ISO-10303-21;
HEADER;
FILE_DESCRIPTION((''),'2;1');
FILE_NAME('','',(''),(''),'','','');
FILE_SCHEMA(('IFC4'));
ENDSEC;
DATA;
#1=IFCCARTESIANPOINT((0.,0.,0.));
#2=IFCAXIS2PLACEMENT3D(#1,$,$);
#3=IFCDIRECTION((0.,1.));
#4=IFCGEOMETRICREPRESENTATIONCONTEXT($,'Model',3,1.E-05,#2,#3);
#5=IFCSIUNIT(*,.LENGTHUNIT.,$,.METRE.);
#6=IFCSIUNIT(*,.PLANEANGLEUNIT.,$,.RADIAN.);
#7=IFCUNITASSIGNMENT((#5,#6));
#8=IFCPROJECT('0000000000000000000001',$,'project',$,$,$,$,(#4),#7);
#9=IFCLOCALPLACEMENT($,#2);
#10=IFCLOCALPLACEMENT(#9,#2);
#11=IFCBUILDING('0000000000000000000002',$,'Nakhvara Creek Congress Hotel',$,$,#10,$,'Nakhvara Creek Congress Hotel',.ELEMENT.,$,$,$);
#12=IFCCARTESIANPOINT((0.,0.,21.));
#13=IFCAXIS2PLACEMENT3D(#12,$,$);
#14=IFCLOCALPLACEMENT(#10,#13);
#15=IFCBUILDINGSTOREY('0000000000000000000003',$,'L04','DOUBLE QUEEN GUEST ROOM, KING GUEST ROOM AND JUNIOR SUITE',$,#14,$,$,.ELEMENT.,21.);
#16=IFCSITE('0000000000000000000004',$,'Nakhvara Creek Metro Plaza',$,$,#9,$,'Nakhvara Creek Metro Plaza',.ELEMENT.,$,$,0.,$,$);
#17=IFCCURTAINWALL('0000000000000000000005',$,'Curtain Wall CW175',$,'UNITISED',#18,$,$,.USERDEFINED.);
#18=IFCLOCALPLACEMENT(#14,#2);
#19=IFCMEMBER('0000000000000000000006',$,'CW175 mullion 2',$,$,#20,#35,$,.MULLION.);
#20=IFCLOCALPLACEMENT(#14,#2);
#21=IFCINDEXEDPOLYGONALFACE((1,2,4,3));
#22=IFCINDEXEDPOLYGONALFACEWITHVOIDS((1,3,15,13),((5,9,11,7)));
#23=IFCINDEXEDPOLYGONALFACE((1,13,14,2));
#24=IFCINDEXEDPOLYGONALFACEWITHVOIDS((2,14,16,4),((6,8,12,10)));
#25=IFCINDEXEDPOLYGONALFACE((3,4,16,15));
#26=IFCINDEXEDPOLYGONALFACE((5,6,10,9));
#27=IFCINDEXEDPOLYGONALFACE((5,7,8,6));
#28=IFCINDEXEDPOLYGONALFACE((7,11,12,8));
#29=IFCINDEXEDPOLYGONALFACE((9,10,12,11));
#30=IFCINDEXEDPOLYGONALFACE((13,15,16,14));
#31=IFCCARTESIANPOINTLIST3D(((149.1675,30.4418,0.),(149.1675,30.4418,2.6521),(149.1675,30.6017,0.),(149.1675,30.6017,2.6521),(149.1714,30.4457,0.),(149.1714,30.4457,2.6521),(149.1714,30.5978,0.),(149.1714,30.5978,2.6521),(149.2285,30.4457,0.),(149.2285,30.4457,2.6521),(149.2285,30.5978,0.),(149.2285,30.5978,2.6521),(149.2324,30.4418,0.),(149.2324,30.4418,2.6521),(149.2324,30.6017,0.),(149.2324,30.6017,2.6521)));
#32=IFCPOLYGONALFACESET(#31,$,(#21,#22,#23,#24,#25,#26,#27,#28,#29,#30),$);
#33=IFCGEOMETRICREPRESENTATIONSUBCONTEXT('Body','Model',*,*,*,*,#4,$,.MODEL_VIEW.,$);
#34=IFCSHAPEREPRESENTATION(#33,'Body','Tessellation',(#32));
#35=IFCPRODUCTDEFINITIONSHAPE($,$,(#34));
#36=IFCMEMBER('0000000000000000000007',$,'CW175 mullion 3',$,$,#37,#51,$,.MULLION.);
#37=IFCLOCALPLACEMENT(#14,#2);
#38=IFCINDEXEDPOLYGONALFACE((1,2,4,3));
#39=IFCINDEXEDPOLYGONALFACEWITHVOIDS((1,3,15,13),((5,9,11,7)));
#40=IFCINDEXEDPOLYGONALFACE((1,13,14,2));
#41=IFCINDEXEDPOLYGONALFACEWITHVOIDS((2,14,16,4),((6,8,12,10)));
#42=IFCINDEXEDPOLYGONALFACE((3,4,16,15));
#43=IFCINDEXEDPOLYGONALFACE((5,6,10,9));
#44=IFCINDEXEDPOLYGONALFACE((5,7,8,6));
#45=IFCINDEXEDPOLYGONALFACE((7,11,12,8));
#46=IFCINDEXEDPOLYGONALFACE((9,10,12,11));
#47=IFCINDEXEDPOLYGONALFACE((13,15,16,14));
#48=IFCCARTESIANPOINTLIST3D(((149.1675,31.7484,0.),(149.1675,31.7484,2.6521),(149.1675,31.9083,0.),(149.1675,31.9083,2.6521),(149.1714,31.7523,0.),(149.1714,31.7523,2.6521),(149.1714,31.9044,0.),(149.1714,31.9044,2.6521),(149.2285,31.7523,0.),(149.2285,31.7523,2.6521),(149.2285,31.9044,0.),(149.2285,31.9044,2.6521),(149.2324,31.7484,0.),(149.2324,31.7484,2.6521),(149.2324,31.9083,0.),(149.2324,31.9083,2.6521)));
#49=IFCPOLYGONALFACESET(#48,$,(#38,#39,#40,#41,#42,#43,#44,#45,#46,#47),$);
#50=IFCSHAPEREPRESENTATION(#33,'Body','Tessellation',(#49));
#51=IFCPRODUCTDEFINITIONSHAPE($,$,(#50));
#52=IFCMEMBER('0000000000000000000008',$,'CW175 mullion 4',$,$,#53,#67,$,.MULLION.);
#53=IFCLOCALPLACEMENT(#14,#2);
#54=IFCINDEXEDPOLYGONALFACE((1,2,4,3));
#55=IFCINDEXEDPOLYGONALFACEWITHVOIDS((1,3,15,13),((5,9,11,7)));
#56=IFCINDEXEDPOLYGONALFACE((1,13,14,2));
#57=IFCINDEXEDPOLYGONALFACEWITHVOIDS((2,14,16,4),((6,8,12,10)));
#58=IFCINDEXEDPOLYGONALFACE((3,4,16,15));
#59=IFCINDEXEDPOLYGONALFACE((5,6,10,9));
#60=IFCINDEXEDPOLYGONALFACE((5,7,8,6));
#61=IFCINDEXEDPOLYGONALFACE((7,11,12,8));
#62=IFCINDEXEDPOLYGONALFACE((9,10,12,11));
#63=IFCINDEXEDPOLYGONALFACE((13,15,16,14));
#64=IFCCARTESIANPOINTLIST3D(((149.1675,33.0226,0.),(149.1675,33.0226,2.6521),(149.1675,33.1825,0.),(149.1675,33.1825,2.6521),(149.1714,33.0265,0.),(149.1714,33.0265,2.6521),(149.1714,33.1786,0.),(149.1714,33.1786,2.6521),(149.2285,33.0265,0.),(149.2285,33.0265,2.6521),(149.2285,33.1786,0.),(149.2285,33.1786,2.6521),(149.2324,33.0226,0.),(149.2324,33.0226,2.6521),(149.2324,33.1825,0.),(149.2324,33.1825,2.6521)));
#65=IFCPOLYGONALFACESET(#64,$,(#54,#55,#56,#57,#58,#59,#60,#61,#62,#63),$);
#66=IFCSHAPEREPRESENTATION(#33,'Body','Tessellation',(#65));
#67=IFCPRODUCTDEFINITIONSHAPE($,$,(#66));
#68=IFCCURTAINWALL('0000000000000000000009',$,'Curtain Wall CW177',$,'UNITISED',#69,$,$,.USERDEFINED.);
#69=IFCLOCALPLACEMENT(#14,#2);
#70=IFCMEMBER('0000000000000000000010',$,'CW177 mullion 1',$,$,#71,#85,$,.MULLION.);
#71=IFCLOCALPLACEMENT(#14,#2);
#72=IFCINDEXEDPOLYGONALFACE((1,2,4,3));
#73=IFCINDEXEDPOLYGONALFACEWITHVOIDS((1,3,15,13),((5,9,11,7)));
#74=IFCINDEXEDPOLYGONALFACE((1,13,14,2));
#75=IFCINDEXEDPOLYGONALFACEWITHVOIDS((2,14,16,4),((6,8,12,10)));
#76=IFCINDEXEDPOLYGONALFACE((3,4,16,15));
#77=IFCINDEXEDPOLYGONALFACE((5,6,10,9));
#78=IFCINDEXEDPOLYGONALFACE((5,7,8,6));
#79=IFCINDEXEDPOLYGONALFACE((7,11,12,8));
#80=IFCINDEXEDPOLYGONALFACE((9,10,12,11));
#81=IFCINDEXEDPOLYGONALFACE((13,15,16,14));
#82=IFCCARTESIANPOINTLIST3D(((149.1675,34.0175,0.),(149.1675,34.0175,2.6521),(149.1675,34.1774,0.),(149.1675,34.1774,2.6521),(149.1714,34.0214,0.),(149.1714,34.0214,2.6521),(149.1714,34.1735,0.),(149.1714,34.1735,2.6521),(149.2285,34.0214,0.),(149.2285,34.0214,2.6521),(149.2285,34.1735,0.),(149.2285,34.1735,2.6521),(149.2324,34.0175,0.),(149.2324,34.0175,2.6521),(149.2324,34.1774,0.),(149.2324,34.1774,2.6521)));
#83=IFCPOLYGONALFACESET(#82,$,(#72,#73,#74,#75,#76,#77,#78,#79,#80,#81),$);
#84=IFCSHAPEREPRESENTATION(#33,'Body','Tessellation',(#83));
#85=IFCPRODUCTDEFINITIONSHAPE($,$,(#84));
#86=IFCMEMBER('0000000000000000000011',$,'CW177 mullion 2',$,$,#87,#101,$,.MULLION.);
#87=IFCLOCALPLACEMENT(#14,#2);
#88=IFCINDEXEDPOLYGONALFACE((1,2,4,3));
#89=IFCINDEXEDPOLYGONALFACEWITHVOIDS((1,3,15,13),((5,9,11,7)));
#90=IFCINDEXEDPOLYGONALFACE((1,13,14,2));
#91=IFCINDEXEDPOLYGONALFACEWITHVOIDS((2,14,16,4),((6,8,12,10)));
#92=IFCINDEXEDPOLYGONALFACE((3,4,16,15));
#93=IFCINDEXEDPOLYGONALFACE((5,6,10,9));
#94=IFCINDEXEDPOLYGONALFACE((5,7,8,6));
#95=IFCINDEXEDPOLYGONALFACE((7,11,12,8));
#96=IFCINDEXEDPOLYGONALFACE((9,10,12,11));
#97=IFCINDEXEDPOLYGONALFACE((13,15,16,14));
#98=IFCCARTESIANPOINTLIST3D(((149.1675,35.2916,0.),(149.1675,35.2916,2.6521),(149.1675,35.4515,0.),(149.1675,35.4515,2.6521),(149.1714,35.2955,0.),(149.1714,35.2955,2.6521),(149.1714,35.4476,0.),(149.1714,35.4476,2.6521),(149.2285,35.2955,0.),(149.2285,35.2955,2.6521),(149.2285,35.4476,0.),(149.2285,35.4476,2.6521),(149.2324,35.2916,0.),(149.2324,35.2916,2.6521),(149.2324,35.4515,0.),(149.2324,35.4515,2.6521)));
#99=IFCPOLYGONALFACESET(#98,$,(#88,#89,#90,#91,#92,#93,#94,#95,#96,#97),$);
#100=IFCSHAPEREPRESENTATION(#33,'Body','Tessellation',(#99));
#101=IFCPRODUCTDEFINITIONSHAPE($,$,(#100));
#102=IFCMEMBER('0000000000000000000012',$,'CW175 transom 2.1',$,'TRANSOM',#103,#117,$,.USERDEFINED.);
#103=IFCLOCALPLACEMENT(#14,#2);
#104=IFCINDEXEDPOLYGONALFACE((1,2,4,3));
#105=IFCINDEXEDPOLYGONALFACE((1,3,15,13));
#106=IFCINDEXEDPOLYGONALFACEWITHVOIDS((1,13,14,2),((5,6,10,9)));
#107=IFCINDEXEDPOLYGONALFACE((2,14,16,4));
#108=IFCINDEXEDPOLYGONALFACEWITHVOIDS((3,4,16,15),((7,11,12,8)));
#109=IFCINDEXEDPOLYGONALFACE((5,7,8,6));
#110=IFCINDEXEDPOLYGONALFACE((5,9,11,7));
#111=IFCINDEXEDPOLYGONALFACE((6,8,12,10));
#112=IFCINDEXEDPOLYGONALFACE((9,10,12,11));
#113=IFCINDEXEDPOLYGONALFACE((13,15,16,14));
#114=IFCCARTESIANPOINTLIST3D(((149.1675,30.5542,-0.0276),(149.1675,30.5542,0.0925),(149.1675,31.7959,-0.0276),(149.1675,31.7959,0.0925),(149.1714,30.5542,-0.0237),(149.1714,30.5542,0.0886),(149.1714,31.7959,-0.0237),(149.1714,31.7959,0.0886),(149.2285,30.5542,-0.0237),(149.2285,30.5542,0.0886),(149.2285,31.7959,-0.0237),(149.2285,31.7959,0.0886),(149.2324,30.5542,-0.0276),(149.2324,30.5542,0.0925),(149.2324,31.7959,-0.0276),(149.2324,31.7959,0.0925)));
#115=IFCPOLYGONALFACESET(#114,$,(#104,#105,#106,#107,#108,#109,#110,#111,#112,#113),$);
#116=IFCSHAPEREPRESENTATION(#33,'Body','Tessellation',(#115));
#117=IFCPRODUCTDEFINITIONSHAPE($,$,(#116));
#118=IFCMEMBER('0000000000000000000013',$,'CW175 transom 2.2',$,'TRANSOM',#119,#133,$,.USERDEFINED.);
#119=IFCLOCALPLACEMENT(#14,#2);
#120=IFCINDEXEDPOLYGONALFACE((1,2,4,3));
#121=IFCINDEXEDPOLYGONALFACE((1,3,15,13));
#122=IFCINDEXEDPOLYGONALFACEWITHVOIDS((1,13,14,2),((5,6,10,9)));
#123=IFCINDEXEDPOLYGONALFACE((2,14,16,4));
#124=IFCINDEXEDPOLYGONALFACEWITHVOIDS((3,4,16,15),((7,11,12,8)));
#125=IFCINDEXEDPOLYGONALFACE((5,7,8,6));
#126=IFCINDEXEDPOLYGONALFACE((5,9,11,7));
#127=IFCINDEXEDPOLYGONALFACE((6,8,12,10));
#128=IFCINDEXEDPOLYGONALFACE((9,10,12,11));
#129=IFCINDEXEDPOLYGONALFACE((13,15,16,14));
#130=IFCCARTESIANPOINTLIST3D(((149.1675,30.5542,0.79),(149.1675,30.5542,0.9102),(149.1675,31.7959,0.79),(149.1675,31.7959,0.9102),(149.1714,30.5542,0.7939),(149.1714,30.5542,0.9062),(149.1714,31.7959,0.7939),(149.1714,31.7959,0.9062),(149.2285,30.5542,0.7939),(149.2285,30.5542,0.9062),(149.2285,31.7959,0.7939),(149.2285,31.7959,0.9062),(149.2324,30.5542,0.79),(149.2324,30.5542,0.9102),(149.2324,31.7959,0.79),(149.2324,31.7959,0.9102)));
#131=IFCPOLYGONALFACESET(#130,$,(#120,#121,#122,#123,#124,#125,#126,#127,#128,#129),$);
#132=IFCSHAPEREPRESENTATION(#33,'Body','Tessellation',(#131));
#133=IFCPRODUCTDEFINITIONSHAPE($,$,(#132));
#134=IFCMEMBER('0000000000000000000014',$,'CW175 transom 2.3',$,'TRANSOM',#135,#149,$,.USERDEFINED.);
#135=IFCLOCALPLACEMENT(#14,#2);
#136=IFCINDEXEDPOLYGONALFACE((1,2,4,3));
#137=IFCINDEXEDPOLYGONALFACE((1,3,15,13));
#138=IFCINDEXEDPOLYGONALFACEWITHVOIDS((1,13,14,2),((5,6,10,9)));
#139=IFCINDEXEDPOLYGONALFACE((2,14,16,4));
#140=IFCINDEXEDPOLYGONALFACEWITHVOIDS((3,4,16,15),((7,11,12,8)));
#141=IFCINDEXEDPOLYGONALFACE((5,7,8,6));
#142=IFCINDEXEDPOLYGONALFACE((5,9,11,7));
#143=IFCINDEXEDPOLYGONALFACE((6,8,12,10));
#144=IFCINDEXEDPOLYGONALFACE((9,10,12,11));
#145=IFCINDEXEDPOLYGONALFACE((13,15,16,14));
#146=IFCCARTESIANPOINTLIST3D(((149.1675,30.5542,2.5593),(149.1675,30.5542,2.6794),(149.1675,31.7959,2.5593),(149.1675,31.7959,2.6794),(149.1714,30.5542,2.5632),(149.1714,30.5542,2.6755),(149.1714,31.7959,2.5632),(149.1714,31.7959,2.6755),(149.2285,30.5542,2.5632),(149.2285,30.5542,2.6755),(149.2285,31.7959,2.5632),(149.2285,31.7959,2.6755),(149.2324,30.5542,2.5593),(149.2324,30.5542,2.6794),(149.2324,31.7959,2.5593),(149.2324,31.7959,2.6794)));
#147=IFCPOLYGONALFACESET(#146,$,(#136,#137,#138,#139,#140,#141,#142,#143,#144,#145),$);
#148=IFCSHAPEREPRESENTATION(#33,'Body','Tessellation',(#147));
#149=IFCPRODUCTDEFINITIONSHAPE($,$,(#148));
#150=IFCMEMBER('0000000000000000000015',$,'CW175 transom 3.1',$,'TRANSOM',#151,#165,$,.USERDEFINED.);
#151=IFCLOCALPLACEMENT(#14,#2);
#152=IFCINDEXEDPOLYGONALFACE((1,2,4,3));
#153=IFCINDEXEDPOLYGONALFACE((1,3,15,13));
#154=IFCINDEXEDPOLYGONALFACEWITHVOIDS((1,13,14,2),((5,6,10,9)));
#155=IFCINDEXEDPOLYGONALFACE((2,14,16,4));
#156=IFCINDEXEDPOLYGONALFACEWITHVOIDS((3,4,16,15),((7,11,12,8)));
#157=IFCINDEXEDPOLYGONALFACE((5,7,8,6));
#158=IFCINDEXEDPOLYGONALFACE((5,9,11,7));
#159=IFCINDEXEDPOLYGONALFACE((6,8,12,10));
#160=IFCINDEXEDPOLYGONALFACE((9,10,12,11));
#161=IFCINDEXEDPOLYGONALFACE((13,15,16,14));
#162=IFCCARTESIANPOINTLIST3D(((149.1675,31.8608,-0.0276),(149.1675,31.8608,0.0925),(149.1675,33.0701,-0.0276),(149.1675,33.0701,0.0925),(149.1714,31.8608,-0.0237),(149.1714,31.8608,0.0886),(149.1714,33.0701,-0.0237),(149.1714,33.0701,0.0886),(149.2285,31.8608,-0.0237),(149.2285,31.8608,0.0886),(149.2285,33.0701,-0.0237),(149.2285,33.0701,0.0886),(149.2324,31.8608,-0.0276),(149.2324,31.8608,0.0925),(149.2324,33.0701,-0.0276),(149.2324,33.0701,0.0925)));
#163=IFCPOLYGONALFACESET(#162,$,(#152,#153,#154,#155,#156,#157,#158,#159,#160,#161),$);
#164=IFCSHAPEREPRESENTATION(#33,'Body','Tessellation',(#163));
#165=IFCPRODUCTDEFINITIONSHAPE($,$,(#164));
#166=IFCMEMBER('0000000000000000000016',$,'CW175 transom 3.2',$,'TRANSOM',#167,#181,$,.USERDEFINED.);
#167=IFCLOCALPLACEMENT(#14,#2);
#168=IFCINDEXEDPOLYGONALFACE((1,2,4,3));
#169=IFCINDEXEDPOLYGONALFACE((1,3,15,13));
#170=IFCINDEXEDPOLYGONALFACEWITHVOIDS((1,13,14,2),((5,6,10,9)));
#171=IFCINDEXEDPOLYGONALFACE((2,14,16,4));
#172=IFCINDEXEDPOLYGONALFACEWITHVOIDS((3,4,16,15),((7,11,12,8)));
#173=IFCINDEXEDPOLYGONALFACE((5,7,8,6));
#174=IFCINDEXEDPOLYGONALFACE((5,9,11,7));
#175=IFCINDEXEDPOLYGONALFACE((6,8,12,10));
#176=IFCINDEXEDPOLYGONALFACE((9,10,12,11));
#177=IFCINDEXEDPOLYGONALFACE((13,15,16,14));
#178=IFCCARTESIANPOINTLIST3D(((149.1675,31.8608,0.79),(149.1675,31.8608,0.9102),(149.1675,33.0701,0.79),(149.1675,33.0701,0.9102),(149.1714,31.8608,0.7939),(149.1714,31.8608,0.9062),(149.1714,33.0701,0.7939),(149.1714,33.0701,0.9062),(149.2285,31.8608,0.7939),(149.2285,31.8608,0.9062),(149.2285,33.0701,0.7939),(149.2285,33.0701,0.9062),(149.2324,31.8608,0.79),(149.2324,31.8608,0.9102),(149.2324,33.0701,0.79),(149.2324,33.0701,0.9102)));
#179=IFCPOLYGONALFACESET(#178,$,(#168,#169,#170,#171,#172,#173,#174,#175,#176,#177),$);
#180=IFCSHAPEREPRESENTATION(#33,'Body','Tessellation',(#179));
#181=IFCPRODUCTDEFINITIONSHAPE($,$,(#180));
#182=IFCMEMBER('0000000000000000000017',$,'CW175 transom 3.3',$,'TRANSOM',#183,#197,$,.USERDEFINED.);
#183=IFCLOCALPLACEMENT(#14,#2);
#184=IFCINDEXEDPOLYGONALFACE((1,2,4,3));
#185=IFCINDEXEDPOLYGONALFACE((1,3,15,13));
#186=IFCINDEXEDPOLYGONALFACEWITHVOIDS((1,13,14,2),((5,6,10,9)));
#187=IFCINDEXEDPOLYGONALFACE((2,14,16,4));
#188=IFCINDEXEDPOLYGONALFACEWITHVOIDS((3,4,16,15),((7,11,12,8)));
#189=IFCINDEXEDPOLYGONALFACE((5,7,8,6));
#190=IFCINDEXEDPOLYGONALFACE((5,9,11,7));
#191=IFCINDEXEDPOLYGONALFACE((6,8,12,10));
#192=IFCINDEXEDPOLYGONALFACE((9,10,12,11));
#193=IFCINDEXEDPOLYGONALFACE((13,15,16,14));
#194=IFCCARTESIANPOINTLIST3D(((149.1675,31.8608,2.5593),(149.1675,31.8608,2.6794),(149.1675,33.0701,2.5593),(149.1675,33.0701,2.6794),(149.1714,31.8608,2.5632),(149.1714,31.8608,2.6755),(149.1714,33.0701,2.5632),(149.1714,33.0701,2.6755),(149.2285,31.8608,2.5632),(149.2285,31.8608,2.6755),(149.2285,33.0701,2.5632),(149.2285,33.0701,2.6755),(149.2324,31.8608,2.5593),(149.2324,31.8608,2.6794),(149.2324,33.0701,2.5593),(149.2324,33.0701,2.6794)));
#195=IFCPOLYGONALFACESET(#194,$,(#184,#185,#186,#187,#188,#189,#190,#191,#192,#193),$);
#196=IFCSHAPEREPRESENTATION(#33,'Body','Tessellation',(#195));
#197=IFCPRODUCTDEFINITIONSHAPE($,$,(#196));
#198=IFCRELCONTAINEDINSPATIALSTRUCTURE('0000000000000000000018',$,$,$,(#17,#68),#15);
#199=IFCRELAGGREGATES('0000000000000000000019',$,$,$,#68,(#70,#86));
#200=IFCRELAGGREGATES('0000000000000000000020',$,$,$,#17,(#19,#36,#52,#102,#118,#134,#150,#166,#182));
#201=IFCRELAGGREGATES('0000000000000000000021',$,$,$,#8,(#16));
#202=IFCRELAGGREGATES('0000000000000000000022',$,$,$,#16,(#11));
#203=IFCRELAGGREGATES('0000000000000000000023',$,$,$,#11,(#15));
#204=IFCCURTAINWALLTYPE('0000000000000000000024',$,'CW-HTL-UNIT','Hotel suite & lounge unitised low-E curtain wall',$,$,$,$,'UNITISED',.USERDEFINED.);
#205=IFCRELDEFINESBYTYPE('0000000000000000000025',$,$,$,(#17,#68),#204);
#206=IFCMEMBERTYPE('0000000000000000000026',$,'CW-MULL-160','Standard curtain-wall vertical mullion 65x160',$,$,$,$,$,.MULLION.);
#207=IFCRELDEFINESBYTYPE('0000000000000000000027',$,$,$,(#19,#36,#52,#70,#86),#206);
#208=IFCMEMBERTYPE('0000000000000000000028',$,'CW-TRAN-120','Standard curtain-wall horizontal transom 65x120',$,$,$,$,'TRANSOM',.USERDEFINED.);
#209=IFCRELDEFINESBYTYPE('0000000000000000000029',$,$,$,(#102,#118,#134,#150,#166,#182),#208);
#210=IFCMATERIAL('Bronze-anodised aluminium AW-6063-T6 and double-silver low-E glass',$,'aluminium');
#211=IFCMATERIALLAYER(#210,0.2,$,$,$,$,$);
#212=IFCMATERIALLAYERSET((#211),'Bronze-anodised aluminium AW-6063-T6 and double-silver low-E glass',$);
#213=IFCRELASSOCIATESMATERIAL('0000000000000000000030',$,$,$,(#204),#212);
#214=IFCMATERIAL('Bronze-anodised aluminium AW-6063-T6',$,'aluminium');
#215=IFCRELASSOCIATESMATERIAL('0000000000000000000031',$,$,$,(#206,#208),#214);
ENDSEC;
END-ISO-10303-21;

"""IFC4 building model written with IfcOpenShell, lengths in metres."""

from ifc_helpers import new_model, si_unit, direction, frame, origin, origin_2d, place, context, subcontext, project, spatial, hollow_rectangle, extrude, material, layer, layer_set, material_profile, profile_set, type_object, element, aggregate, save


model = new_model("IFC4")

# Units and contexts
model_context = context("Model", 3, precision=1e-05, world=origin(), true_north=direction((0.0, 1.0)))
body_context = subcontext(model_context, "Body", "Model", "MODEL_VIEW")
ifc_project = project(units=[si_unit("LENGTHUNIT", "METRE"), si_unit("PLANEANGLEUNIT", "RADIAN")], contexts=[model_context])

# Site, building, storey
site_placement = place(None, origin())
site = spatial("IfcSite", under=ifc_project, at=site_placement, Name="Nakhvara Creek Metro Plaza", LongName="Nakhvara Creek Metro Plaza", CompositionType="ELEMENT", RefElevation=0.0)
building_placement = place(site_placement, origin())
building = spatial("IfcBuilding", under=site, at=building_placement, Name="Nakhvara Creek Congress Hotel", LongName="Nakhvara Creek Congress Hotel", CompositionType="ELEMENT")
storey_placement = place(building_placement, frame((0.0, 0.0, 21.0)))
storey = spatial("IfcBuildingStorey", under=building, at=storey_placement, Name="L04", Description="DOUBLE QUEEN GUEST ROOM, KING GUEST ROOM AND JUNIOR SUITE", CompositionType="ELEMENT", Elevation=21.0)

# Curtain walls, members
ifc_material_1 = material(Name="Bronze-anodised aluminium AW-6063-T6 and double-silver low-E glass", Category="aluminium")
ifc_layer = layer(ifc_material_1, 0.2)
ifc_layer_set = layer_set([ifc_layer], Name="Bronze-anodised aluminium AW-6063-T6 and double-silver low-E glass")
curtain_wall_type = type_object("IfcCurtainWallType", Name="CW-HTL-UNIT", Description="Hotel suite & lounge unitised low-E curtain wall", ElementType="UNITISED", PredefinedType="USERDEFINED", material=ifc_layer_set)
curtain_wall_1_placement = place(storey_placement, origin())
curtain_wall_1 = element("IfcCurtainWall", 1, at=curtain_wall_1_placement, inside=storey, type_object=curtain_wall_type, Name="Curtain Wall CW175", ObjectType="UNITISED", PredefinedType="USERDEFINED")
ifc_material_2 = material(Name="Bronze-anodised aluminium AW-6063-T6", Category="aluminium")
ifc_material_profile_1 = material_profile(ifc_material_2, hollow_rectangle(XDim=0.0649, YDim=0.1599, WallThickness=0.0039, at=origin_2d()), Name="ALU-MULL 65x160x4", Category="LoadBearing")
ifc_profile_set_1 = profile_set([ifc_material_profile_1], Name="Bronze-anodised aluminium AW-6063-T6")
member_type_1 = type_object("IfcMemberType", Name="CW-MULL-160", Description="Standard curtain-wall vertical mullion 65x160", PredefinedType="MULLION", material=ifc_profile_set_1)
member_1_placement = place(storey_placement, frame((149.2, 30.5217, 0.0), z_axis=(0.0, 0.0, 1.0), x_axis=(-1.0, 0.0, 0.0)))
member_1 = element("IfcMember", 2, at=member_1_placement, type_object=member_type_1, Name="CW175 mullion 2", PredefinedType="MULLION", context=body_context, shape_type="SweptSolid", body=[
    extrude(hollow_rectangle(XDim=0.0649, YDim=0.1599, WallThickness=0.0039, at=origin_2d()), origin(), (0.0, 0.0, 1.0), 2.6521),
])
member_2_placement = place(storey_placement, frame((149.2, 31.8284, 0.0), z_axis=(0.0, 0.0, 1.0), x_axis=(-1.0, 0.0, 0.0)))
member_2 = element("IfcMember", 3, at=member_2_placement, type_object=member_type_1, Name="CW175 mullion 3", PredefinedType="MULLION", context=body_context, shape_type="SweptSolid", body=[
    extrude(hollow_rectangle(XDim=0.0649, YDim=0.1599, WallThickness=0.0039, at=origin_2d()), origin(), (0.0, 0.0, 1.0), 2.6521),
])
member_3_placement = place(storey_placement, frame((149.2, 33.1025, 0.0), z_axis=(0.0, 0.0, 1.0), x_axis=(-1.0, 0.0, 0.0)))
member_3 = element("IfcMember", 4, at=member_3_placement, type_object=member_type_1, Name="CW175 mullion 4", PredefinedType="MULLION", context=body_context, shape_type="SweptSolid", body=[
    extrude(hollow_rectangle(XDim=0.0649, YDim=0.1599, WallThickness=0.0039, at=origin_2d()), origin(), (0.0, 0.0, 1.0), 2.6521),
])
curtain_wall_2_placement = place(storey_placement, origin())
curtain_wall_2 = element("IfcCurtainWall", 5, at=curtain_wall_2_placement, inside=storey, type_object=curtain_wall_type, Name="Curtain Wall CW177", ObjectType="UNITISED", PredefinedType="USERDEFINED")
member_4_placement = place(storey_placement, frame((149.2, 34.0974, 0.0), z_axis=(0.0, 0.0, 1.0), x_axis=(-1.0, 0.0, 0.0)))
member_4 = element("IfcMember", 6, at=member_4_placement, type_object=member_type_1, Name="CW177 mullion 1", PredefinedType="MULLION", context=body_context, shape_type="SweptSolid", body=[
    extrude(hollow_rectangle(XDim=0.0649, YDim=0.1599, WallThickness=0.0039, at=origin_2d()), origin(), (0.0, 0.0, 1.0), 2.6521),
])
member_5_placement = place(storey_placement, frame((149.2, 35.3716, 0.0), z_axis=(0.0, 0.0, 1.0), x_axis=(-1.0, 0.0, 0.0)))
member_5 = element("IfcMember", 7, at=member_5_placement, type_object=member_type_1, Name="CW177 mullion 2", PredefinedType="MULLION", context=body_context, shape_type="SweptSolid", body=[
    extrude(hollow_rectangle(XDim=0.0649, YDim=0.1599, WallThickness=0.0039, at=origin_2d()), origin(), (0.0, 0.0, 1.0), 2.6521),
])

# Members
ifc_material_profile_2 = material_profile(ifc_material_2, hollow_rectangle(XDim=0.0649, YDim=0.1201, WallThickness=0.0039, at=origin_2d()), Name="ALU-TRAN 65x120x4", Category="LoadBearing")
ifc_profile_set_2 = profile_set([ifc_material_profile_2], Name="Bronze-anodised aluminium AW-6063-T6")
member_type_2 = type_object("IfcMemberType", Name="CW-TRAN-120", Description="Standard curtain-wall horizontal transom 65x120", ElementType="TRANSOM", PredefinedType="USERDEFINED", material=ifc_profile_set_2)
member_6_placement = place(storey_placement, frame((149.2, 30.5542, 0.0325), z_axis=(0.0, 1.0, 0.0), x_axis=(-1.0, 0.0, 0.0)))
member_6 = element("IfcMember", 8, at=member_6_placement, type_object=member_type_2, Name="CW175 transom 2.1", ObjectType="TRANSOM", PredefinedType="USERDEFINED", context=body_context, shape_type="SweptSolid", body=[
    extrude(hollow_rectangle(XDim=0.0649, YDim=0.1201, WallThickness=0.0039, at=origin_2d()), origin(), (0.0, 0.0, 1.0), 1.2417),
])
member_7_placement = place(storey_placement, frame((149.2, 30.5542, 0.8501), z_axis=(0.0, 1.0, 0.0), x_axis=(-1.0, 0.0, 0.0)))
member_7 = element("IfcMember", 9, at=member_7_placement, type_object=member_type_2, Name="CW175 transom 2.2", ObjectType="TRANSOM", PredefinedType="USERDEFINED", context=body_context, shape_type="SweptSolid", body=[
    extrude(hollow_rectangle(XDim=0.0649, YDim=0.1201, WallThickness=0.0039, at=origin_2d()), origin(), (0.0, 0.0, 1.0), 1.2417),
])
member_8_placement = place(storey_placement, frame((149.2, 30.5542, 2.6194), z_axis=(0.0, 1.0, 0.0), x_axis=(-1.0, 0.0, 0.0)))
member_8 = element("IfcMember", 10, at=member_8_placement, type_object=member_type_2, Name="CW175 transom 2.3", ObjectType="TRANSOM", PredefinedType="USERDEFINED", context=body_context, shape_type="SweptSolid", body=[
    extrude(hollow_rectangle(XDim=0.0649, YDim=0.1201, WallThickness=0.0039, at=origin_2d()), origin(), (0.0, 0.0, 1.0), 1.2417),
])
member_9_placement = place(storey_placement, frame((149.2, 31.8608, 0.0325), z_axis=(0.0, 1.0, 0.0), x_axis=(-1.0, 0.0, 0.0)))
member_9 = element("IfcMember", 11, at=member_9_placement, type_object=member_type_2, Name="CW175 transom 3.1", ObjectType="TRANSOM", PredefinedType="USERDEFINED", context=body_context, shape_type="SweptSolid", body=[
    extrude(hollow_rectangle(XDim=0.0649, YDim=0.1201, WallThickness=0.0039, at=origin_2d()), origin(), (0.0, 0.0, 1.0), 1.2092),
])
member_10_placement = place(storey_placement, frame((149.2, 31.8608, 0.8501), z_axis=(0.0, 1.0, 0.0), x_axis=(-1.0, 0.0, 0.0)))
member_10 = element("IfcMember", 12, at=member_10_placement, type_object=member_type_2, Name="CW175 transom 3.2", ObjectType="TRANSOM", PredefinedType="USERDEFINED", context=body_context, shape_type="SweptSolid", body=[
    extrude(hollow_rectangle(XDim=0.0649, YDim=0.1201, WallThickness=0.0039, at=origin_2d()), origin(), (0.0, 0.0, 1.0), 1.2092),
])
member_11_placement = place(storey_placement, frame((149.2, 31.8608, 2.6194), z_axis=(0.0, 1.0, 0.0), x_axis=(-1.0, 0.0, 0.0)))
member_11 = element("IfcMember", 13, at=member_11_placement, type_object=member_type_2, Name="CW175 transom 3.3", ObjectType="TRANSOM", PredefinedType="USERDEFINED", context=body_context, shape_type="SweptSolid", body=[
    extrude(hollow_rectangle(XDim=0.0649, YDim=0.1201, WallThickness=0.0039, at=origin_2d()), origin(), (0.0, 0.0, 1.0), 1.2092),
])

aggregate(curtain_wall_2, [member_4, member_5])
aggregate(curtain_wall_1, [member_1, member_2, member_3, member_6, member_7, member_8, member_9, member_10, member_11])

save(model, "model.ifc")
